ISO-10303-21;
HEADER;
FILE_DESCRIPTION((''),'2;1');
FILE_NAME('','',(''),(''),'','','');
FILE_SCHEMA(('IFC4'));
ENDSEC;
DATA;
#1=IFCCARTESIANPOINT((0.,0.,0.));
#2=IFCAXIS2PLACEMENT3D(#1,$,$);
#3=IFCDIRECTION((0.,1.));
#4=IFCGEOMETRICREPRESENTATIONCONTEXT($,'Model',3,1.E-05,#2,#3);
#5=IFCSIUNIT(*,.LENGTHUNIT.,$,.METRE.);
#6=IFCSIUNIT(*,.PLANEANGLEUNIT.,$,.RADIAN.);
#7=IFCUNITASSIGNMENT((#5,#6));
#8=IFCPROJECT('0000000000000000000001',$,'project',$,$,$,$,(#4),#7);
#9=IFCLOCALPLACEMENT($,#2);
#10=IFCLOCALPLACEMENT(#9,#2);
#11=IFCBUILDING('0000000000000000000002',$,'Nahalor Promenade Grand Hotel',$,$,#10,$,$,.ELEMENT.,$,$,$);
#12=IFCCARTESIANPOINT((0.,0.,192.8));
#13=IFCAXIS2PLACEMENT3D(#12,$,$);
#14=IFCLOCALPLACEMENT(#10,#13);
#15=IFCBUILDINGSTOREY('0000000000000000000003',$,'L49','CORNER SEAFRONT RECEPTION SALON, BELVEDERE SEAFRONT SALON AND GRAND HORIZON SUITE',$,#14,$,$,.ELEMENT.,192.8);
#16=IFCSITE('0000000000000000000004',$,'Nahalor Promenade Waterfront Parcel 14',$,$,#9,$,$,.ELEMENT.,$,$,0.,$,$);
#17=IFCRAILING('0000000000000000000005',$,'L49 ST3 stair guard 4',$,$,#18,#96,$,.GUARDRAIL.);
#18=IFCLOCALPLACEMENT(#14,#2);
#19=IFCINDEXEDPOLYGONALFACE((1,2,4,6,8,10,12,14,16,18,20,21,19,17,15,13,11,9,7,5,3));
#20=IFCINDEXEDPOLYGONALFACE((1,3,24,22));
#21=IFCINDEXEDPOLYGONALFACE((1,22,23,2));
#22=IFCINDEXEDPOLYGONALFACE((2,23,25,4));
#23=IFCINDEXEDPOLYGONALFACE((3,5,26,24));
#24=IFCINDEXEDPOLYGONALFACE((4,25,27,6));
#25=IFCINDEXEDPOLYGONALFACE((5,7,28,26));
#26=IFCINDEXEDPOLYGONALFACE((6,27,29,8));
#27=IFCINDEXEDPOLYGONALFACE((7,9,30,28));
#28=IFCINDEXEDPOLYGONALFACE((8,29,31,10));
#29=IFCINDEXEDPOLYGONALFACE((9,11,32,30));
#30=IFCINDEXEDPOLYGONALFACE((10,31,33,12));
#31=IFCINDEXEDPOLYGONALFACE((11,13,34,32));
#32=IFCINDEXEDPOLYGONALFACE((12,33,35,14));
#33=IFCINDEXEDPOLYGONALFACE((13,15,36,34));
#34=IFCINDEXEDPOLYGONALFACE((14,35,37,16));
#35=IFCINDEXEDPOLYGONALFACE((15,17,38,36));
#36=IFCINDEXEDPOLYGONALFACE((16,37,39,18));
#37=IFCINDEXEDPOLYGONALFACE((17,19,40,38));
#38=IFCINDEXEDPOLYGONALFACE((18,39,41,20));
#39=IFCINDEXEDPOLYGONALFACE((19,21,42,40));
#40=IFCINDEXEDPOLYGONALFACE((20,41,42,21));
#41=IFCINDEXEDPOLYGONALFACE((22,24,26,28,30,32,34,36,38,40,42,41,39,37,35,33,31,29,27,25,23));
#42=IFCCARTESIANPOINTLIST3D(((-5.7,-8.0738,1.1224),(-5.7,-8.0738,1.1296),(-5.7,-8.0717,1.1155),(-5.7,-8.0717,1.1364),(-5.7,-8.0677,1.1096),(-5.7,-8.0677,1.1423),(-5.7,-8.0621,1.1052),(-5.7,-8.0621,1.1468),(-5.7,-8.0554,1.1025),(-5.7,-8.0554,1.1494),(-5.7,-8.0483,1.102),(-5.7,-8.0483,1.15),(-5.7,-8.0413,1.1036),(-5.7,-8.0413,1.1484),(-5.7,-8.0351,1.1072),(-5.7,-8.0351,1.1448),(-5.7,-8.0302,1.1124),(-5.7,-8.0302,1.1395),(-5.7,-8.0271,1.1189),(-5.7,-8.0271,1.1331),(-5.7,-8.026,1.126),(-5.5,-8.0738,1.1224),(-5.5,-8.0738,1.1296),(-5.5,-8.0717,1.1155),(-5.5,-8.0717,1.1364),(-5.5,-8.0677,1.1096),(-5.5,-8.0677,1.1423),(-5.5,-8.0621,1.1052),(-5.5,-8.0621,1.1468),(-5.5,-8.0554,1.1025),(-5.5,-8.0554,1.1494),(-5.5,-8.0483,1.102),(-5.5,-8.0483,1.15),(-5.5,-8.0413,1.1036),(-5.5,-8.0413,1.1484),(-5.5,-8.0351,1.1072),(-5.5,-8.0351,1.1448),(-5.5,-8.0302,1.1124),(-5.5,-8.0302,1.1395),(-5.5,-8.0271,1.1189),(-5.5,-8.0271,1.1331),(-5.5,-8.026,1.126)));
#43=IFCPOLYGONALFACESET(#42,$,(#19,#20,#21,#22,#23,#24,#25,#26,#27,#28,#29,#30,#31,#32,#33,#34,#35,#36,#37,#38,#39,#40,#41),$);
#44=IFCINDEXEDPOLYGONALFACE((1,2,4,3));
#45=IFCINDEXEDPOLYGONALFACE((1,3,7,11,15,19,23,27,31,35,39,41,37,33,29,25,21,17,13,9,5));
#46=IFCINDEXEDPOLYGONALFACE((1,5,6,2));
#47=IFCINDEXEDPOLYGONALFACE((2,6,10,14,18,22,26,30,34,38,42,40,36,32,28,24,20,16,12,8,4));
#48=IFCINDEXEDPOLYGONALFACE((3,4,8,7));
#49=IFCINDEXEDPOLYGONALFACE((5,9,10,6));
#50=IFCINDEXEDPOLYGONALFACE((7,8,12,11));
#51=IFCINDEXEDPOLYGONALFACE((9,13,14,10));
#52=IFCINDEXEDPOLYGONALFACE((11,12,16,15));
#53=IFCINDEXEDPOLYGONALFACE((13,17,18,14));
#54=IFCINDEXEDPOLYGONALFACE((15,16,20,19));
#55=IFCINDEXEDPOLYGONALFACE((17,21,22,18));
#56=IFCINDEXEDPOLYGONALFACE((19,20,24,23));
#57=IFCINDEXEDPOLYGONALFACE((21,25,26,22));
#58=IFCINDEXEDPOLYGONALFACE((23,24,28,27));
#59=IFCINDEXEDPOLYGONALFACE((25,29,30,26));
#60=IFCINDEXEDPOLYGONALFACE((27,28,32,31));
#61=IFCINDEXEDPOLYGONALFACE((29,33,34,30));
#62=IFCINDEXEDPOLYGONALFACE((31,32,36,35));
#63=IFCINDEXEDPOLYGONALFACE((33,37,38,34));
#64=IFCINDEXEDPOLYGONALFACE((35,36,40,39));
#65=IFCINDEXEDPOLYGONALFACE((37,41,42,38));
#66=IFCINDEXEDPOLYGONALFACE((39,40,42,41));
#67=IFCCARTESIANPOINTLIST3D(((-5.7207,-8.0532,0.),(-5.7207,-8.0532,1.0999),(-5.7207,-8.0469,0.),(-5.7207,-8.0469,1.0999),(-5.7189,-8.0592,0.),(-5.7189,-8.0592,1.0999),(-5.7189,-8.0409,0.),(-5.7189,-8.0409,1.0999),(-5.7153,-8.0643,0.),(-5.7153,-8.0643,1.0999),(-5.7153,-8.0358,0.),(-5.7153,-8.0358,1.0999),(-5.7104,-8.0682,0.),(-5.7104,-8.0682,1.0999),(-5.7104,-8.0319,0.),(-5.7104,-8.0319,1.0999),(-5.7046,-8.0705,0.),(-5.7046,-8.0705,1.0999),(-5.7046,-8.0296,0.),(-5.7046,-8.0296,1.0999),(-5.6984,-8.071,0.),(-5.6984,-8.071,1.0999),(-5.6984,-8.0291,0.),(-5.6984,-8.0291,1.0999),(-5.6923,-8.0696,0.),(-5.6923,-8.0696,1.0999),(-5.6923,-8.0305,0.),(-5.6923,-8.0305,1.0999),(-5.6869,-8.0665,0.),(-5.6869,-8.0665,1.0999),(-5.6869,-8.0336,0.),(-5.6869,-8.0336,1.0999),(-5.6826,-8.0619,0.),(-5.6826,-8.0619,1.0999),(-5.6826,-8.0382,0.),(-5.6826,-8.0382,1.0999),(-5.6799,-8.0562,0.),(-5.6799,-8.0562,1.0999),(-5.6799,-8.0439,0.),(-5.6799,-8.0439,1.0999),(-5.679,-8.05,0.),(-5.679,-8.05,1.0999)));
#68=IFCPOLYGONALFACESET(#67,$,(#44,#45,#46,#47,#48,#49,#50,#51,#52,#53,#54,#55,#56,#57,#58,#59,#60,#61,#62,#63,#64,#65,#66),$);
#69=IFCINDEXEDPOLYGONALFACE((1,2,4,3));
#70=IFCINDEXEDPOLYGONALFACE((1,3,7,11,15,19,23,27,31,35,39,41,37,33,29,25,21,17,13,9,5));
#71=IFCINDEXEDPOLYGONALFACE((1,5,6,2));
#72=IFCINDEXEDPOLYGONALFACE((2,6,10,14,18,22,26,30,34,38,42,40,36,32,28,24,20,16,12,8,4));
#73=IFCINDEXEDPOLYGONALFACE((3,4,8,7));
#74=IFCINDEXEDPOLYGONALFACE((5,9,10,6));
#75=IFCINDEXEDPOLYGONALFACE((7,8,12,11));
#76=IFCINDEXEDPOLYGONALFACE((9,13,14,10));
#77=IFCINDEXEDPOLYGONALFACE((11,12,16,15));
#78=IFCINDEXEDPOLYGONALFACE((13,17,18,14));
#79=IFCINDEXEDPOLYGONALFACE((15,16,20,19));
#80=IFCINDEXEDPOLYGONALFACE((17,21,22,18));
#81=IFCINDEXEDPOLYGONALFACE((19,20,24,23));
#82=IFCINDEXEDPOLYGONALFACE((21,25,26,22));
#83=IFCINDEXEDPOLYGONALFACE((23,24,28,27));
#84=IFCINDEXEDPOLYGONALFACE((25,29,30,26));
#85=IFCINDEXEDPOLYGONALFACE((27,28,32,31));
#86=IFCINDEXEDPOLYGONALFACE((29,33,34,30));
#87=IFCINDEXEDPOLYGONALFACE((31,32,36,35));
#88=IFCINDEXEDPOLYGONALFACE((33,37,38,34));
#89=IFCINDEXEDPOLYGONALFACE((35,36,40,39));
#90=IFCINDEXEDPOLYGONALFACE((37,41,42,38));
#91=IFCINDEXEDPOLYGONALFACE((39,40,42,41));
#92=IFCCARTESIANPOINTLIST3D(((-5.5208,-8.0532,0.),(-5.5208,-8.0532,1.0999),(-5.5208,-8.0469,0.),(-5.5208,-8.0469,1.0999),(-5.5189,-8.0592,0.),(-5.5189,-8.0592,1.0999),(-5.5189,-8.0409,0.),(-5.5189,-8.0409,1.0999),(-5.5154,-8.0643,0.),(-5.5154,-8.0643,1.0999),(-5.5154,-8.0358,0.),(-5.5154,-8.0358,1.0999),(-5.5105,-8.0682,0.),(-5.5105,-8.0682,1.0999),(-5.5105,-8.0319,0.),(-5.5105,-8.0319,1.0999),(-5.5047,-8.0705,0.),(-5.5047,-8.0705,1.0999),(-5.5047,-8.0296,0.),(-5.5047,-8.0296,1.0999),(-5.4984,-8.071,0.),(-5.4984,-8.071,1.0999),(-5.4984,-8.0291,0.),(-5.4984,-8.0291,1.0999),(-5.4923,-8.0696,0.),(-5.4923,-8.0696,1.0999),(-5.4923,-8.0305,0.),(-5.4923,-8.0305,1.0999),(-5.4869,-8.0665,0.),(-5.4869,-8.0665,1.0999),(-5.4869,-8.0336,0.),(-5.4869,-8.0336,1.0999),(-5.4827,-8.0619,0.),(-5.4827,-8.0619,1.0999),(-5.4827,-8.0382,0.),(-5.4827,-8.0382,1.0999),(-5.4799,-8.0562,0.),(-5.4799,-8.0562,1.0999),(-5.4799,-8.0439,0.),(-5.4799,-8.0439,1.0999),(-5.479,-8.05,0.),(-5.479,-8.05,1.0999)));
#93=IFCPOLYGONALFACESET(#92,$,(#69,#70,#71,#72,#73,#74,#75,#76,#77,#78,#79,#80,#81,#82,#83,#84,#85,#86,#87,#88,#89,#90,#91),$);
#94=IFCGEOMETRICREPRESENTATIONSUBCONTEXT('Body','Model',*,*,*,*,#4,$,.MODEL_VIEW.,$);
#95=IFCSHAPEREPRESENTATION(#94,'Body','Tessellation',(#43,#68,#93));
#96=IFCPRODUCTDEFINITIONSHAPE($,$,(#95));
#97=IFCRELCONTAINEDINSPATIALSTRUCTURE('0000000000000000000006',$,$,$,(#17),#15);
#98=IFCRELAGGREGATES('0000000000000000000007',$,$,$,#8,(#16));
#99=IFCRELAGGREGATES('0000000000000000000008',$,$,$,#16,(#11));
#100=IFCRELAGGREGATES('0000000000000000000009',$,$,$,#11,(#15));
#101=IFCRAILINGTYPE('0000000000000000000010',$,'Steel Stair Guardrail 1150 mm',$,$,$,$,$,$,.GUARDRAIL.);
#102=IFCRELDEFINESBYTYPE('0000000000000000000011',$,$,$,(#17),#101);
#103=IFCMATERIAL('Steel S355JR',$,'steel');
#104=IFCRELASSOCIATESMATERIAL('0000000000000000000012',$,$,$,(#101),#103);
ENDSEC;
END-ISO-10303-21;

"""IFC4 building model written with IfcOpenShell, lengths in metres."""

from ifc_helpers import new_model, si_unit, direction, frame, origin, origin_2d, place, context, subcontext, project, spatial, circle, extrude, material, type_object, element, save


model = new_model("IFC4")

# Units and contexts
model_context = context("Model", 3, precision=1e-05, world=origin(), true_north=direction((0.0, 1.0)))
body_context = subcontext(model_context, "Body", "Model", "MODEL_VIEW")
ifc_project = project(units=[si_unit("LENGTHUNIT", "METRE"), si_unit("PLANEANGLEUNIT", "RADIAN")], contexts=[model_context])

# Site, building, storey
site_placement = place(None, origin())
site = spatial("IfcSite", under=ifc_project, at=site_placement, Name="Nahalor Promenade Waterfront Parcel 14", CompositionType="ELEMENT", RefElevation=0.0)
building_placement = place(site_placement, origin())
building = spatial("IfcBuilding", under=site, at=building_placement, Name="Nahalor Promenade Grand Hotel", CompositionType="ELEMENT")
storey_placement = place(building_placement, frame((0.0, 0.0, 192.8)))
storey = spatial("IfcBuildingStorey", under=building, at=storey_placement, Name="L49", Description="CORNER SEAFRONT RECEPTION SALON, BELVEDERE SEAFRONT SALON AND GRAND HORIZON SUITE", CompositionType="ELEMENT", Elevation=192.8)

# Shared definitions
ifc_material_1 = material(Name="Steel S355JR", Category="steel")

# Railing
railing_type_1 = type_object("IfcRailingType", Name="Steel Stair Guardrail 1150 mm", PredefinedType="GUARDRAIL", material=ifc_material_1)
railing_1_placement = place(storey_placement, frame((-5.7, -8.05, 0.0)))
element("IfcRailing", 1, at=railing_1_placement, inside=storey, type_object=railing_type_1, Name="L49 ST3 stair guard 4", PredefinedType="GUARDRAIL", context=body_context, shape_type="SweptSolid", body=[
    extrude(circle(Radius=0.024, at=origin_2d()), frame((0.0, 0.0, 1.126), z_axis=(1.0, 0.0, 0.0), x_axis=(0.0, 1.0, 0.0)), (0.0, 0.0, 1.0), 0.2),
    extrude(circle(Radius=0.021, at=origin_2d()), origin(), (0.0, 0.0, 1.0), 1.0999),
    extrude(circle(Radius=0.021, at=origin_2d()), frame((0.2, 0.0, 0.0)), (0.0, 0.0, 1.0), 1.0999),
])

save(model, "model.ifc")
